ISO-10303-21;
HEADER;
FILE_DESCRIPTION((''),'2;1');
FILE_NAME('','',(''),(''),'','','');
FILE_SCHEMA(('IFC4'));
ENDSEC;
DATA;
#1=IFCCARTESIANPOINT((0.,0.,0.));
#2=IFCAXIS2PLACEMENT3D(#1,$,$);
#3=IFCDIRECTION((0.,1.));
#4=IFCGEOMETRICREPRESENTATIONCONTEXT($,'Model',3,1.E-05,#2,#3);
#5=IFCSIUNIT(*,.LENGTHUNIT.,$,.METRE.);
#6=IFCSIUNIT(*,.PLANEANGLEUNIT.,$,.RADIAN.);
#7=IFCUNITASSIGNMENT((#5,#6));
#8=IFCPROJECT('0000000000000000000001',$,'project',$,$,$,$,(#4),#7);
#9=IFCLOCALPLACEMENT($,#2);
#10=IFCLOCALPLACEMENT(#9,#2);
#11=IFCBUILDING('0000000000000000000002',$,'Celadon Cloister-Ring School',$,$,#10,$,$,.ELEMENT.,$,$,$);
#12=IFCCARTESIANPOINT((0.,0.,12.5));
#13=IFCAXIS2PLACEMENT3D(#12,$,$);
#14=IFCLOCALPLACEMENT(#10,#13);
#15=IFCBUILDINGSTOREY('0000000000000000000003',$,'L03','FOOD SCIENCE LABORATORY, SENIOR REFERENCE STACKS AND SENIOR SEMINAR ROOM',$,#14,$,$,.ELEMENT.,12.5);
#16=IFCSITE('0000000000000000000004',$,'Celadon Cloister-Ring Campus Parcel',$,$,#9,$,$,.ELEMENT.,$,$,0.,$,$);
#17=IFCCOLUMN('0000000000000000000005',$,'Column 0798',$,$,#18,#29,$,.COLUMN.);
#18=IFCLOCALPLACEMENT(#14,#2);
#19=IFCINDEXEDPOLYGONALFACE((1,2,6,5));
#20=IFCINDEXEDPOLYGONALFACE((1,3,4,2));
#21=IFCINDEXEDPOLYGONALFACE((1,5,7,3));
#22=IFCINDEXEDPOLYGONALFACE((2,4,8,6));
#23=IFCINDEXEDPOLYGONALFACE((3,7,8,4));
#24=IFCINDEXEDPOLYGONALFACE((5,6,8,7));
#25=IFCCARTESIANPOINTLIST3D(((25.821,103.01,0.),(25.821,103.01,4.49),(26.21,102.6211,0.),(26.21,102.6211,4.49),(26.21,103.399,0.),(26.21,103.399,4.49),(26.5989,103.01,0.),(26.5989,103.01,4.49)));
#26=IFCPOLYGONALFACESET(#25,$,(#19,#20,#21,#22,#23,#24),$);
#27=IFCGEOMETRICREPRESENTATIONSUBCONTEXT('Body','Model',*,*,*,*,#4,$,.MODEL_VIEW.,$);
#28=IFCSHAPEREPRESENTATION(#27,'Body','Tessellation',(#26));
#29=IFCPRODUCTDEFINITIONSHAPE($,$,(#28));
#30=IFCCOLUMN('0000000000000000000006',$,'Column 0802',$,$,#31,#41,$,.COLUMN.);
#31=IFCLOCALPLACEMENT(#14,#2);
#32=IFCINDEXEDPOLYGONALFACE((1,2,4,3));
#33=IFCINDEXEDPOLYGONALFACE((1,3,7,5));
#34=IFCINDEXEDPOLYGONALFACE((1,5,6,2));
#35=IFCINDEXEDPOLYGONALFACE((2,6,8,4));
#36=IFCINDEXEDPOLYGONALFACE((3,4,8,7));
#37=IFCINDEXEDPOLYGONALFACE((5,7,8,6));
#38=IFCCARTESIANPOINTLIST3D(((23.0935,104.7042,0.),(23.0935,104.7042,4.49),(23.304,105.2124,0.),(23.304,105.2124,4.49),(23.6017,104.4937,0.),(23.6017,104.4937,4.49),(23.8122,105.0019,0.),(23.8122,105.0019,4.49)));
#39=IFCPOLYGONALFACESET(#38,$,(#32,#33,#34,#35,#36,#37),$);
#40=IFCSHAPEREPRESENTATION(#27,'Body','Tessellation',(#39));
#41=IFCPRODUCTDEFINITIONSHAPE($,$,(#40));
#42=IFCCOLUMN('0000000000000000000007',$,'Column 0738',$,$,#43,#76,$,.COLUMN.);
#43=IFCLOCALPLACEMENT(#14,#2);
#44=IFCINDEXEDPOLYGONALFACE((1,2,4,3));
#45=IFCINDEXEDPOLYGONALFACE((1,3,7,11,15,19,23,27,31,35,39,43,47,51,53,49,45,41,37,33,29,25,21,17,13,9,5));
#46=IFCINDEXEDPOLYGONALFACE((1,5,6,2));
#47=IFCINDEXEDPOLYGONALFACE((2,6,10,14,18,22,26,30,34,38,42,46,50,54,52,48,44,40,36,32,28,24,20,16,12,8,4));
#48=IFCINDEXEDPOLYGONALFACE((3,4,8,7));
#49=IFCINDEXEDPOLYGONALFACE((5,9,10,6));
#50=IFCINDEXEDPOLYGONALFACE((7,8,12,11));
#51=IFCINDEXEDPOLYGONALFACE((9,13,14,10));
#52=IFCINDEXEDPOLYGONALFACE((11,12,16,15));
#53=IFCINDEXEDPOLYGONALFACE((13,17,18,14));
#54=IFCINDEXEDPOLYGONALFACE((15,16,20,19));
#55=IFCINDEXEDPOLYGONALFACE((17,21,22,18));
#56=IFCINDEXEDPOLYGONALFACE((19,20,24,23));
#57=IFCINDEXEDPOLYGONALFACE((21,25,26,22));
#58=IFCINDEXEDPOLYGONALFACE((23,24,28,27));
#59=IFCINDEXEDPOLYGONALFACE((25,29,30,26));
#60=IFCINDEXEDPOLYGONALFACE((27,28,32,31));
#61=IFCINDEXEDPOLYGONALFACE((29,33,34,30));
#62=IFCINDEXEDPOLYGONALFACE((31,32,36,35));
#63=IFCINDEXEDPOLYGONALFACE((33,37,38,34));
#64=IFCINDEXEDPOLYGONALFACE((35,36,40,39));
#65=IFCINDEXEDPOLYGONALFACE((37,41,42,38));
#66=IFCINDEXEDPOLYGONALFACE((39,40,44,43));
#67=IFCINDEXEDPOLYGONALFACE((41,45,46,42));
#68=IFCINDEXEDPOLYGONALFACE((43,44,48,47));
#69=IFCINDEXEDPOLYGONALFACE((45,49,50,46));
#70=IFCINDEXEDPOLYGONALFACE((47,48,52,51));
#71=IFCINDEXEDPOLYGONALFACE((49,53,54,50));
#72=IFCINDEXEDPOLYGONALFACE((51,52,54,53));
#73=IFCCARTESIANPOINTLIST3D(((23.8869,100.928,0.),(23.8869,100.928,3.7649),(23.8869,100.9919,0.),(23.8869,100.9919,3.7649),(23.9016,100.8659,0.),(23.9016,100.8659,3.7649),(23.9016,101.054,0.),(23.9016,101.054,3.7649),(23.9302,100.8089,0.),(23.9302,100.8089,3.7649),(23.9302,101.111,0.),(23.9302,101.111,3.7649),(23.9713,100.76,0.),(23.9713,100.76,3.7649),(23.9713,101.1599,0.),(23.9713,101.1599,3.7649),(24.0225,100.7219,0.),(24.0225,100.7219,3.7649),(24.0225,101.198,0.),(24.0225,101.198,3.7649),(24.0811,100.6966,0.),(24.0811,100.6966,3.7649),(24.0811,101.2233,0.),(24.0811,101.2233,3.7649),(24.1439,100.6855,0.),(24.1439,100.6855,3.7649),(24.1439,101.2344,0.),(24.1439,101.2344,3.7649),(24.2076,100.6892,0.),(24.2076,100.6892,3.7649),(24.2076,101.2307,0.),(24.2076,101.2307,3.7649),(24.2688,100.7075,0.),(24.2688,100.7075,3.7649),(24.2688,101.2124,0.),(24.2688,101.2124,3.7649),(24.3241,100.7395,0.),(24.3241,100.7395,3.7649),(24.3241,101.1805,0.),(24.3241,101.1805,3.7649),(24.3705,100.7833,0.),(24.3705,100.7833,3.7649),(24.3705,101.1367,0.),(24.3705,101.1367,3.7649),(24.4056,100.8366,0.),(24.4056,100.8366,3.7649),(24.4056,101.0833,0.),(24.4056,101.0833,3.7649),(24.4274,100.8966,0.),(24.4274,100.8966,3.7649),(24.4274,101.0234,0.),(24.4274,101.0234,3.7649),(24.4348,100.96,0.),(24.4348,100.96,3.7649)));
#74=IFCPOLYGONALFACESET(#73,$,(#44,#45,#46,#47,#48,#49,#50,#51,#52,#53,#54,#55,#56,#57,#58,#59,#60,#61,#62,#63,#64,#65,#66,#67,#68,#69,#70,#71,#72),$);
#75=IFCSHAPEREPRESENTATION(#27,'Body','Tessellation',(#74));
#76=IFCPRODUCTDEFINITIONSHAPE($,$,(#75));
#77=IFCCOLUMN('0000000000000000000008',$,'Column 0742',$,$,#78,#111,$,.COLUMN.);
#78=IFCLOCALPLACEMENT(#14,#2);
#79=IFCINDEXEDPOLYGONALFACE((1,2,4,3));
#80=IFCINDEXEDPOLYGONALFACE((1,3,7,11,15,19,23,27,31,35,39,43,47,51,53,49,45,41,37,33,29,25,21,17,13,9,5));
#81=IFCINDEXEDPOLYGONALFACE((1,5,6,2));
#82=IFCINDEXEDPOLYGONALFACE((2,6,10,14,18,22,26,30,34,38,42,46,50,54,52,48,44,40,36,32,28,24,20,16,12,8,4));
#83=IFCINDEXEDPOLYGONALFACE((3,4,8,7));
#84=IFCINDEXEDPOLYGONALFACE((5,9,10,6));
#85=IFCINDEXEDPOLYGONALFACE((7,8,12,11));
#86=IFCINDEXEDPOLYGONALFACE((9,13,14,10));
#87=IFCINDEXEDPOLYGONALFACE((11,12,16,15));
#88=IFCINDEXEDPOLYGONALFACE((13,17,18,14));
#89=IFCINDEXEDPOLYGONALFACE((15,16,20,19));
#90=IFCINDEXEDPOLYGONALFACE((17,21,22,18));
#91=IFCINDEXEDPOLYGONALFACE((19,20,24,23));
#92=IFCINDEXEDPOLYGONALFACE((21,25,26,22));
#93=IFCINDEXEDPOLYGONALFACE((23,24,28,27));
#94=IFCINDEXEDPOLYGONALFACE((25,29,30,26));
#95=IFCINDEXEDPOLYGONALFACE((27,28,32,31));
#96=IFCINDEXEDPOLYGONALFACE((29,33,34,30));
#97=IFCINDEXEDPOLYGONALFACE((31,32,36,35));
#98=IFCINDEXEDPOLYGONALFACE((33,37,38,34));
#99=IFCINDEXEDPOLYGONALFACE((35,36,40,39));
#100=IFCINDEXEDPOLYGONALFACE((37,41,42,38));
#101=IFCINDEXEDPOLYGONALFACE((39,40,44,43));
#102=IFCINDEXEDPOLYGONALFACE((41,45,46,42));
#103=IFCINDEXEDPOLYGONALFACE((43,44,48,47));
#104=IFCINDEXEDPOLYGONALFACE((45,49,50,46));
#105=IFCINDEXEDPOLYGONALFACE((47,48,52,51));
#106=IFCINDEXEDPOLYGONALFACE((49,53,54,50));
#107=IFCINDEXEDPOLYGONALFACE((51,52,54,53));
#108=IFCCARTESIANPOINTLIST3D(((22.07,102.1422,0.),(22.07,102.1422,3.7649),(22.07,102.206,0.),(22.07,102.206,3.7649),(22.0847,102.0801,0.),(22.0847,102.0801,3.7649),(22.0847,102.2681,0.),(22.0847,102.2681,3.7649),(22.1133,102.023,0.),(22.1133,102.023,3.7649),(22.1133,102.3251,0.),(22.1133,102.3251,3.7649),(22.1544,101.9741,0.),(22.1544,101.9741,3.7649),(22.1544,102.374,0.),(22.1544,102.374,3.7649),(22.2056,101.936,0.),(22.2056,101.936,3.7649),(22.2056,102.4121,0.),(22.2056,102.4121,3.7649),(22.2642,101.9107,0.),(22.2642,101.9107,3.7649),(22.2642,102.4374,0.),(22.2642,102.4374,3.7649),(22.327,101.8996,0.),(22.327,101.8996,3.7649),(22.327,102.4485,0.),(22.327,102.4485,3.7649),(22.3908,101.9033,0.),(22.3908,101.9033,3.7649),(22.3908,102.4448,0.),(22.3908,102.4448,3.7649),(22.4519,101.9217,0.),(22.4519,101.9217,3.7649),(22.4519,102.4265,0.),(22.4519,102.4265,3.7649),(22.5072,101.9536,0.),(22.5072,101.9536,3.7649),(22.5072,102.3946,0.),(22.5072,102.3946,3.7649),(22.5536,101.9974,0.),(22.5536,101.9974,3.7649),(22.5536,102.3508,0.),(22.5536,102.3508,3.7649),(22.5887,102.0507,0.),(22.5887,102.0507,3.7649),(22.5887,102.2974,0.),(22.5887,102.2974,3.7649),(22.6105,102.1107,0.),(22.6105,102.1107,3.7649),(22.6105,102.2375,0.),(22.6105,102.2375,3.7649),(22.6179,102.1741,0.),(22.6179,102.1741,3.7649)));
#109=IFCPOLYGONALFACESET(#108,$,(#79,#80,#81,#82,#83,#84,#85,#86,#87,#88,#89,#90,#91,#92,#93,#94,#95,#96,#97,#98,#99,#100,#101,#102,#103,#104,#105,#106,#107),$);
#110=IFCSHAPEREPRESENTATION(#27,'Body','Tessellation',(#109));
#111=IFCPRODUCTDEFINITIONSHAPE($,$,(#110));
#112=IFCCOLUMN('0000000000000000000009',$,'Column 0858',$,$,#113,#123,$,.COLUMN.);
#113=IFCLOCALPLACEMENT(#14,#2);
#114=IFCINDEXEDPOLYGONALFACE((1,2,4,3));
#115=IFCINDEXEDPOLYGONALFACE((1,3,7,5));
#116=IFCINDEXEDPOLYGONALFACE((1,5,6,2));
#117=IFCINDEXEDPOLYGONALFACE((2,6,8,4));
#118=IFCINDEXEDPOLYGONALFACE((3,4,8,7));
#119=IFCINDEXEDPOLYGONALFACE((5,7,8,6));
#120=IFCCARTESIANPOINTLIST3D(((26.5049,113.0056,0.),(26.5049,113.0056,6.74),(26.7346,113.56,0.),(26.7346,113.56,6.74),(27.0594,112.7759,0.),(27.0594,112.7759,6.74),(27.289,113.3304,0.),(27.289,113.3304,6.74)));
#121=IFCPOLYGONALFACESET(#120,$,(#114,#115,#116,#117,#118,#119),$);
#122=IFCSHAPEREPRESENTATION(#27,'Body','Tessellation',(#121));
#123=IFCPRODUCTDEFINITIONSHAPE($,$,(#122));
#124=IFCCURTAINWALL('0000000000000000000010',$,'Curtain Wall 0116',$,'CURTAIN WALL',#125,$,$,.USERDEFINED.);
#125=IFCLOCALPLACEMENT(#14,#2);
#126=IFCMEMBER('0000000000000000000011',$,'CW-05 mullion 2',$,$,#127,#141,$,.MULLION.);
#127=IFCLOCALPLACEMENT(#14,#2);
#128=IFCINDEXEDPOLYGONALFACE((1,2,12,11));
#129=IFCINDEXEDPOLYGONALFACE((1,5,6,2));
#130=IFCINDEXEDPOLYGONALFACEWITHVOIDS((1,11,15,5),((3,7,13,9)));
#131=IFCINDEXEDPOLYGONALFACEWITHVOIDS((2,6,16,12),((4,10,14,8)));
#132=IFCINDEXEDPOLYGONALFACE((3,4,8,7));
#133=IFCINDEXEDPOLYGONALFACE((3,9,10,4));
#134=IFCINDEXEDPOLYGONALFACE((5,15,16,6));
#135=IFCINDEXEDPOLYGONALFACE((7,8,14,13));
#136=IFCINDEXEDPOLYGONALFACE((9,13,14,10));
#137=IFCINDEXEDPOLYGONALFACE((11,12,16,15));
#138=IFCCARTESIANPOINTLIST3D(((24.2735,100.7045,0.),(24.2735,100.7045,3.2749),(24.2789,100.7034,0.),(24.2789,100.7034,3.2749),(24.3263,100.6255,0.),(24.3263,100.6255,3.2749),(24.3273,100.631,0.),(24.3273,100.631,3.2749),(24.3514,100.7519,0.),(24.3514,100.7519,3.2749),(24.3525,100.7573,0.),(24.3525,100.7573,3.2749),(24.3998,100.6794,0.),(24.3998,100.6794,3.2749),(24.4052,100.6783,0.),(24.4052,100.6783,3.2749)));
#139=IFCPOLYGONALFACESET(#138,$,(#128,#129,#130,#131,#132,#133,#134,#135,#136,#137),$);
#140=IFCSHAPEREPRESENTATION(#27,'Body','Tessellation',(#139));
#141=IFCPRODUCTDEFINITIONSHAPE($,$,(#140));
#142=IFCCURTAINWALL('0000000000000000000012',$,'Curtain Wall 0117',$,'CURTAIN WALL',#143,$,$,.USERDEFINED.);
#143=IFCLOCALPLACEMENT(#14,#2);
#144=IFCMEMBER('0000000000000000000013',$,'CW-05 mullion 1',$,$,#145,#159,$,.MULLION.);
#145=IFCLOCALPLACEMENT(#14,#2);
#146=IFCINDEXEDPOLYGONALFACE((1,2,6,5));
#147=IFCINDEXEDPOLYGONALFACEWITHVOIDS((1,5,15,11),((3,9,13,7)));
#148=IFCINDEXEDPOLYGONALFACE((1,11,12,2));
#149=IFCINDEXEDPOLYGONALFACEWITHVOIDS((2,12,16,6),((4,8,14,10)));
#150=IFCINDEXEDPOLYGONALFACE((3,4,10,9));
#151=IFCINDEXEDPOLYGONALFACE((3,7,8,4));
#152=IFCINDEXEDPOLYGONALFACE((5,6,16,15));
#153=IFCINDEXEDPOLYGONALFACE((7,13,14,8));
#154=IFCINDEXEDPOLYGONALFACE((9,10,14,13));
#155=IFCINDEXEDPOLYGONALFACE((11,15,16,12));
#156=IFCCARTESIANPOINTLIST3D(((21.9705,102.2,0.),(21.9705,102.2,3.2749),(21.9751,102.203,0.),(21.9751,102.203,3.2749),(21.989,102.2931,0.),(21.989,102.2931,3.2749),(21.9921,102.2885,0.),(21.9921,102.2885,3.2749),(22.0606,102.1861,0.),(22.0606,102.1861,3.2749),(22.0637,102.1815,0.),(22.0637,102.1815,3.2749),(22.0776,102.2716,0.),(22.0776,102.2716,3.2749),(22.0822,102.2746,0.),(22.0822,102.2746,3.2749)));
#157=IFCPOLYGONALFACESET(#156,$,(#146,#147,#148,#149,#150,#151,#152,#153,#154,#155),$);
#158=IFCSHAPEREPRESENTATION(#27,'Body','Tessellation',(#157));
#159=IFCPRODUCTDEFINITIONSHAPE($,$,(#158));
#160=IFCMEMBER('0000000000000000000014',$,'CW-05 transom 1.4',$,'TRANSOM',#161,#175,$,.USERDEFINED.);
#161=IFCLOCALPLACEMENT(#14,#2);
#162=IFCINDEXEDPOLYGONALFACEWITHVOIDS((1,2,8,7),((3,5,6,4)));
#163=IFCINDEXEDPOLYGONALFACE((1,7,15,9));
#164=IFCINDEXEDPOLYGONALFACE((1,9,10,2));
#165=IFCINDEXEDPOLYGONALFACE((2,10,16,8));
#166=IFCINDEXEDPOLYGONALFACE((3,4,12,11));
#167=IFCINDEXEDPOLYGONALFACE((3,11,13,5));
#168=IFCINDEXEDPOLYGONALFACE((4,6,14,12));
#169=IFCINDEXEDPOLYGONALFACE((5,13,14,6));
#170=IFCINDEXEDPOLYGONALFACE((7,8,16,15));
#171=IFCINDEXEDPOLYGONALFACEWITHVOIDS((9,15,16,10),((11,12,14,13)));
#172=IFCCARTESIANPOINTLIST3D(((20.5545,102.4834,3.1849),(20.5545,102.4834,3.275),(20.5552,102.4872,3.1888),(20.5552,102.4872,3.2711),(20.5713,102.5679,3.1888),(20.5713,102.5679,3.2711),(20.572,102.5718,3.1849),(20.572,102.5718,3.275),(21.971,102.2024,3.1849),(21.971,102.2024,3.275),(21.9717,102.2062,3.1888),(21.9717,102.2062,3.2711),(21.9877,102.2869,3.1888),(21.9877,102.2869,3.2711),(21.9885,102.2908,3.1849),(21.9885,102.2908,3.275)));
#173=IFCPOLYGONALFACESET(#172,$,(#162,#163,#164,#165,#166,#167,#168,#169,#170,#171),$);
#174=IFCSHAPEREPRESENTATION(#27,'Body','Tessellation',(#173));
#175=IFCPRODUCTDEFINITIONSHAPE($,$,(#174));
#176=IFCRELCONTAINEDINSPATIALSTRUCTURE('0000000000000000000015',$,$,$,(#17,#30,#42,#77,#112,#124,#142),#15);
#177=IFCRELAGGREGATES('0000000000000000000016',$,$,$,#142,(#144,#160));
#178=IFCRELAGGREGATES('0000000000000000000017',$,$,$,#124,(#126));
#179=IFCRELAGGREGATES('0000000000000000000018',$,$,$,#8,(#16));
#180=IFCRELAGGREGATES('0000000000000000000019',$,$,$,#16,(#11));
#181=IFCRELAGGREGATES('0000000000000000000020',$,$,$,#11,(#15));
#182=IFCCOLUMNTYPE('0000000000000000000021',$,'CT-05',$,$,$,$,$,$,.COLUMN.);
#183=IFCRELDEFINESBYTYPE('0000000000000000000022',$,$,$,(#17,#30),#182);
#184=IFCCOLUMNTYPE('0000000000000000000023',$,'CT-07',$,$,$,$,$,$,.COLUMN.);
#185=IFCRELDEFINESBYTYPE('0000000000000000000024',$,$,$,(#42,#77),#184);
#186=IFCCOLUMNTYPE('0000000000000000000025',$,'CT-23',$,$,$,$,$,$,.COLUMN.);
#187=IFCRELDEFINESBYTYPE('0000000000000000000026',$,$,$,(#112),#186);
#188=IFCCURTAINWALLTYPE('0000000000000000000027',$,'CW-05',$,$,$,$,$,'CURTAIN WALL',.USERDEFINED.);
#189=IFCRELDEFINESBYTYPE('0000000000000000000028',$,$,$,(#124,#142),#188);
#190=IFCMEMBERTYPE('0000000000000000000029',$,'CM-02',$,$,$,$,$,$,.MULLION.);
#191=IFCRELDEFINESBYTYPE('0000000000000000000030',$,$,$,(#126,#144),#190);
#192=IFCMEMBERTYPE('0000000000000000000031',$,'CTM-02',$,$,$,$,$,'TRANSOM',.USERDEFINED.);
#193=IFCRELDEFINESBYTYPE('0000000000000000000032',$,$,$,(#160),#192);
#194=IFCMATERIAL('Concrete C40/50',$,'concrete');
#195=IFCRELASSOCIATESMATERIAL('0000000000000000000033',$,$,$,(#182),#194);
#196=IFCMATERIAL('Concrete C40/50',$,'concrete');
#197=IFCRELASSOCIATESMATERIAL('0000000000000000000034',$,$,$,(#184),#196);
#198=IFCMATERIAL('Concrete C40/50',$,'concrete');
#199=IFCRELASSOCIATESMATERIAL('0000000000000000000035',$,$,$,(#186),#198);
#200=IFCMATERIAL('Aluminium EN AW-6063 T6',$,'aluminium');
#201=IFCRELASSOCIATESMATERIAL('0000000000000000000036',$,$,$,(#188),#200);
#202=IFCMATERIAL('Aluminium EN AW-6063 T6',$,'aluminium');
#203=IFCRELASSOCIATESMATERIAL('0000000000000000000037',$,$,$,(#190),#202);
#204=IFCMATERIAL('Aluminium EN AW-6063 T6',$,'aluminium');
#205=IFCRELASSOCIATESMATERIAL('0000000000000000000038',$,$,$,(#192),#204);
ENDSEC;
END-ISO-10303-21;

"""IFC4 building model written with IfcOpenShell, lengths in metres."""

from ifc_helpers import new_model, si_unit, direction, frame, origin, origin_2d, place, context, subcontext, project, spatial, rectangle, hollow_rectangle, circle, extrude, material, material_profile, profile_set, type_object, element, aggregate, save


model = new_model("IFC4")

# Units and contexts
model_context = context("Model", 3, precision=1e-05, world=origin(), true_north=direction((0.0, 1.0)))
body_context = subcontext(model_context, "Body", "Model", "MODEL_VIEW")
ifc_project = project(units=[si_unit("LENGTHUNIT", "METRE"), si_unit("PLANEANGLEUNIT", "RADIAN")], contexts=[model_context])

# Site, building, storey
site_placement = place(None, origin())
site = spatial("IfcSite", under=ifc_project, at=site_placement, Name="Celadon Cloister-Ring Campus Parcel", CompositionType="ELEMENT", RefElevation=0.0)
building_placement = place(site_placement, origin())
building = spatial("IfcBuilding", under=site, at=building_placement, Name="Celadon Cloister-Ring School", CompositionType="ELEMENT")
storey_placement = place(building_placement, frame((0.0, 0.0, 12.5)))
storey = spatial("IfcBuildingStorey", under=building, at=storey_placement, Name="L03", Description="FOOD SCIENCE LABORATORY, SENIOR REFERENCE STACKS AND SENIOR SEMINAR ROOM", CompositionType="ELEMENT", Elevation=12.5)

# Columns
ifc_material_1 = material(Name="Concrete C40/50", Category="concrete")
ifc_material_profile_1 = material_profile(ifc_material_1, rectangle(XDim=0.55, YDim=0.55, at=origin_2d()), Name="RC550X550")
ifc_profile_set_1 = profile_set([ifc_material_profile_1], Name="Concrete C40/50")
column_type_1 = type_object("IfcColumnType", Name="CT-05", PredefinedType="COLUMN", material=ifc_profile_set_1)
for number, where, z_axis, x_axis, name in (
    (1, (26.21, 103.01, 0.0), (0.0, 0.0, 1.0), (0.707107, 0.707107, 0.0), "Column 0798"),
    (2, (23.4529, 104.853, 0.0), (0.0, 0.0, 1.0), (0.382683, 0.92388, 0.0), "Column 0802"),
):
    element("IfcColumn", number, at=place(storey_placement, frame(where, z_axis=z_axis, x_axis=x_axis)), inside=storey, type_object=column_type_1, Name=name, PredefinedType="COLUMN", context=body_context, shape_type="SweptSolid", body=[
        extrude(rectangle(XDim=0.55, YDim=0.55, at=origin_2d()), origin(), (0.0, 0.0, 1.0), 4.49),
    ])
ifc_material_2 = material(Name="Concrete C40/50", Category="concrete")
ifc_material_profile_2 = material_profile(ifc_material_2, circle(Radius=0.2749, at=origin_2d()), Name="CIRC550")
ifc_profile_set_2 = profile_set([ifc_material_profile_2], Name="Concrete C40/50")
column_type_2 = type_object("IfcColumnType", Name="CT-07", PredefinedType="COLUMN", material=ifc_profile_set_2)
for number, where, z_axis, x_axis, name in (
    (3, (24.1599, 100.96, 0.0), (0.0, 0.0, 1.0), (1.0, 0.0, 0.0), "Column 0738"),
    (4, (22.343, 102.1741, 0.0), (0.0, 0.0, 1.0), (1.0, 0.0, 0.0), "Column 0742"),
):
    element("IfcColumn", number, at=place(storey_placement, frame(where, z_axis=z_axis, x_axis=x_axis)), inside=storey, type_object=column_type_2, Name=name, PredefinedType="COLUMN", context=body_context, shape_type="SweptSolid", body=[
        extrude(circle(Radius=0.2749, at=origin_2d()), origin(), (0.0, 0.0, 1.0), 3.7649),
    ])
ifc_material_3 = material(Name="Concrete C40/50", Category="concrete")
ifc_material_profile_3 = material_profile(ifc_material_3, rectangle(XDim=0.6001, YDim=0.6001, at=origin_2d()), Name="RC600X600")
ifc_profile_set_3 = profile_set([ifc_material_profile_3], Name="Concrete C40/50")
column_type_3 = type_object("IfcColumnType", Name="CT-23", PredefinedType="COLUMN", material=ifc_profile_set_3)
column_placement = place(storey_placement, frame((26.897, 113.168, 0.0), z_axis=(0.0, 0.0, 1.0), x_axis=(0.382683, 0.92388, 0.0)))
element("IfcColumn", 5, at=column_placement, inside=storey, type_object=column_type_3, Name="Column 0858", PredefinedType="COLUMN", context=body_context, shape_type="SweptSolid", body=[
    extrude(rectangle(XDim=0.6001, YDim=0.6001, at=origin_2d()), origin(), (0.0, 0.0, 1.0), 6.74),
])

# Curtain wall, member
ifc_material_4 = material(Name="Aluminium EN AW-6063 T6", Category="aluminium")
curtain_wall_type = type_object("IfcCurtainWallType", Name="CW-05", ElementType="CURTAIN WALL", PredefinedType="USERDEFINED", material=ifc_material_4)
curtain_wall_1_placement = place(storey_placement, origin())
curtain_wall_1 = element("IfcCurtainWall", 6, at=curtain_wall_1_placement, inside=storey, type_object=curtain_wall_type, Name="Curtain Wall 0116", ObjectType="CURTAIN WALL", PredefinedType="USERDEFINED")
ifc_material_5 = material(Name="Aluminium EN AW-6063 T6", Category="aluminium")
ifc_material_profile_4 = material_profile(ifc_material_5, hollow_rectangle(XDim=0.095, YDim=0.095, WallThickness=0.0039, at=origin_2d()), Name="RHS95X95X4")
ifc_profile_set_4 = profile_set([ifc_material_profile_4], Name="Aluminium EN AW-6063 T6")
member_type_1 = type_object("IfcMemberType", Name="CM-02", PredefinedType="MULLION", material=ifc_profile_set_4)
member_1_placement = place(storey_placement, frame((24.3394, 100.6914, 0.0), z_axis=(0.0, 0.0, 1.0), x_axis=(-0.831485, -0.555547, 0.0)))
member_1 = element("IfcMember", 7, at=member_1_placement, type_object=member_type_1, Name="CW-05 mullion 2", PredefinedType="MULLION", context=body_context, shape_type="SweptSolid", body=[
    extrude(hollow_rectangle(XDim=0.095, YDim=0.095, WallThickness=0.0039, at=origin_2d()), origin(), (0.0, 0.0, 1.0), 3.2749),
])

# Curtain wall, members
curtain_wall_2_placement = place(storey_placement, origin())
curtain_wall_2 = element("IfcCurtainWall", 8, at=curtain_wall_2_placement, inside=storey, type_object=curtain_wall_type, Name="Curtain Wall 0117", ObjectType="CURTAIN WALL", PredefinedType="USERDEFINED")
member_2_placement = place(storey_placement, frame((22.0264, 102.2373, 0.0), z_axis=(0.0, 0.0, 1.0), x_axis=(-0.194586, -0.980885, 0.0)))
member_2 = element("IfcMember", 9, at=member_2_placement, type_object=member_type_1, Name="CW-05 mullion 1", PredefinedType="MULLION", context=body_context, shape_type="SweptSolid", body=[
    extrude(hollow_rectangle(XDim=0.095, YDim=0.095, WallThickness=0.0039, at=origin_2d()), origin(), (0.0, 0.0, 1.0), 3.2749),
])
ifc_material_6 = material(Name="Aluminium EN AW-6063 T6", Category="aluminium")
ifc_material_profile_5 = material_profile(ifc_material_6, hollow_rectangle(XDim=0.0901, YDim=0.0901, WallThickness=0.0039, at=origin_2d()), Name="RHS90X90X4")
ifc_profile_set_5 = profile_set([ifc_material_profile_5], Name="Aluminium EN AW-6063 T6")
member_type_2 = type_object("IfcMemberType", Name="CTM-02", ElementType="TRANSOM", PredefinedType="USERDEFINED", material=ifc_profile_set_5)
member_3_placement = place(storey_placement, frame((21.9797, 102.2466, 3.23), z_axis=(-0.980885, 0.194588, 0.0), x_axis=(-0.194588, -0.980885, 0.0)))
member_3 = element("IfcMember", 10, at=member_3_placement, type_object=member_type_2, Name="CW-05 transom 1.4", ObjectType="TRANSOM", PredefinedType="USERDEFINED", context=body_context, shape_type="SweptSolid", body=[
    extrude(hollow_rectangle(XDim=0.0901, YDim=0.0901, WallThickness=0.0039, at=origin_2d()), origin(), (0.0, 0.0, 1.0), 1.4441),
])
aggregate(curtain_wall_2, [member_2, member_3])

aggregate(curtain_wall_1, [member_1])

save(model, "model.ifc")
